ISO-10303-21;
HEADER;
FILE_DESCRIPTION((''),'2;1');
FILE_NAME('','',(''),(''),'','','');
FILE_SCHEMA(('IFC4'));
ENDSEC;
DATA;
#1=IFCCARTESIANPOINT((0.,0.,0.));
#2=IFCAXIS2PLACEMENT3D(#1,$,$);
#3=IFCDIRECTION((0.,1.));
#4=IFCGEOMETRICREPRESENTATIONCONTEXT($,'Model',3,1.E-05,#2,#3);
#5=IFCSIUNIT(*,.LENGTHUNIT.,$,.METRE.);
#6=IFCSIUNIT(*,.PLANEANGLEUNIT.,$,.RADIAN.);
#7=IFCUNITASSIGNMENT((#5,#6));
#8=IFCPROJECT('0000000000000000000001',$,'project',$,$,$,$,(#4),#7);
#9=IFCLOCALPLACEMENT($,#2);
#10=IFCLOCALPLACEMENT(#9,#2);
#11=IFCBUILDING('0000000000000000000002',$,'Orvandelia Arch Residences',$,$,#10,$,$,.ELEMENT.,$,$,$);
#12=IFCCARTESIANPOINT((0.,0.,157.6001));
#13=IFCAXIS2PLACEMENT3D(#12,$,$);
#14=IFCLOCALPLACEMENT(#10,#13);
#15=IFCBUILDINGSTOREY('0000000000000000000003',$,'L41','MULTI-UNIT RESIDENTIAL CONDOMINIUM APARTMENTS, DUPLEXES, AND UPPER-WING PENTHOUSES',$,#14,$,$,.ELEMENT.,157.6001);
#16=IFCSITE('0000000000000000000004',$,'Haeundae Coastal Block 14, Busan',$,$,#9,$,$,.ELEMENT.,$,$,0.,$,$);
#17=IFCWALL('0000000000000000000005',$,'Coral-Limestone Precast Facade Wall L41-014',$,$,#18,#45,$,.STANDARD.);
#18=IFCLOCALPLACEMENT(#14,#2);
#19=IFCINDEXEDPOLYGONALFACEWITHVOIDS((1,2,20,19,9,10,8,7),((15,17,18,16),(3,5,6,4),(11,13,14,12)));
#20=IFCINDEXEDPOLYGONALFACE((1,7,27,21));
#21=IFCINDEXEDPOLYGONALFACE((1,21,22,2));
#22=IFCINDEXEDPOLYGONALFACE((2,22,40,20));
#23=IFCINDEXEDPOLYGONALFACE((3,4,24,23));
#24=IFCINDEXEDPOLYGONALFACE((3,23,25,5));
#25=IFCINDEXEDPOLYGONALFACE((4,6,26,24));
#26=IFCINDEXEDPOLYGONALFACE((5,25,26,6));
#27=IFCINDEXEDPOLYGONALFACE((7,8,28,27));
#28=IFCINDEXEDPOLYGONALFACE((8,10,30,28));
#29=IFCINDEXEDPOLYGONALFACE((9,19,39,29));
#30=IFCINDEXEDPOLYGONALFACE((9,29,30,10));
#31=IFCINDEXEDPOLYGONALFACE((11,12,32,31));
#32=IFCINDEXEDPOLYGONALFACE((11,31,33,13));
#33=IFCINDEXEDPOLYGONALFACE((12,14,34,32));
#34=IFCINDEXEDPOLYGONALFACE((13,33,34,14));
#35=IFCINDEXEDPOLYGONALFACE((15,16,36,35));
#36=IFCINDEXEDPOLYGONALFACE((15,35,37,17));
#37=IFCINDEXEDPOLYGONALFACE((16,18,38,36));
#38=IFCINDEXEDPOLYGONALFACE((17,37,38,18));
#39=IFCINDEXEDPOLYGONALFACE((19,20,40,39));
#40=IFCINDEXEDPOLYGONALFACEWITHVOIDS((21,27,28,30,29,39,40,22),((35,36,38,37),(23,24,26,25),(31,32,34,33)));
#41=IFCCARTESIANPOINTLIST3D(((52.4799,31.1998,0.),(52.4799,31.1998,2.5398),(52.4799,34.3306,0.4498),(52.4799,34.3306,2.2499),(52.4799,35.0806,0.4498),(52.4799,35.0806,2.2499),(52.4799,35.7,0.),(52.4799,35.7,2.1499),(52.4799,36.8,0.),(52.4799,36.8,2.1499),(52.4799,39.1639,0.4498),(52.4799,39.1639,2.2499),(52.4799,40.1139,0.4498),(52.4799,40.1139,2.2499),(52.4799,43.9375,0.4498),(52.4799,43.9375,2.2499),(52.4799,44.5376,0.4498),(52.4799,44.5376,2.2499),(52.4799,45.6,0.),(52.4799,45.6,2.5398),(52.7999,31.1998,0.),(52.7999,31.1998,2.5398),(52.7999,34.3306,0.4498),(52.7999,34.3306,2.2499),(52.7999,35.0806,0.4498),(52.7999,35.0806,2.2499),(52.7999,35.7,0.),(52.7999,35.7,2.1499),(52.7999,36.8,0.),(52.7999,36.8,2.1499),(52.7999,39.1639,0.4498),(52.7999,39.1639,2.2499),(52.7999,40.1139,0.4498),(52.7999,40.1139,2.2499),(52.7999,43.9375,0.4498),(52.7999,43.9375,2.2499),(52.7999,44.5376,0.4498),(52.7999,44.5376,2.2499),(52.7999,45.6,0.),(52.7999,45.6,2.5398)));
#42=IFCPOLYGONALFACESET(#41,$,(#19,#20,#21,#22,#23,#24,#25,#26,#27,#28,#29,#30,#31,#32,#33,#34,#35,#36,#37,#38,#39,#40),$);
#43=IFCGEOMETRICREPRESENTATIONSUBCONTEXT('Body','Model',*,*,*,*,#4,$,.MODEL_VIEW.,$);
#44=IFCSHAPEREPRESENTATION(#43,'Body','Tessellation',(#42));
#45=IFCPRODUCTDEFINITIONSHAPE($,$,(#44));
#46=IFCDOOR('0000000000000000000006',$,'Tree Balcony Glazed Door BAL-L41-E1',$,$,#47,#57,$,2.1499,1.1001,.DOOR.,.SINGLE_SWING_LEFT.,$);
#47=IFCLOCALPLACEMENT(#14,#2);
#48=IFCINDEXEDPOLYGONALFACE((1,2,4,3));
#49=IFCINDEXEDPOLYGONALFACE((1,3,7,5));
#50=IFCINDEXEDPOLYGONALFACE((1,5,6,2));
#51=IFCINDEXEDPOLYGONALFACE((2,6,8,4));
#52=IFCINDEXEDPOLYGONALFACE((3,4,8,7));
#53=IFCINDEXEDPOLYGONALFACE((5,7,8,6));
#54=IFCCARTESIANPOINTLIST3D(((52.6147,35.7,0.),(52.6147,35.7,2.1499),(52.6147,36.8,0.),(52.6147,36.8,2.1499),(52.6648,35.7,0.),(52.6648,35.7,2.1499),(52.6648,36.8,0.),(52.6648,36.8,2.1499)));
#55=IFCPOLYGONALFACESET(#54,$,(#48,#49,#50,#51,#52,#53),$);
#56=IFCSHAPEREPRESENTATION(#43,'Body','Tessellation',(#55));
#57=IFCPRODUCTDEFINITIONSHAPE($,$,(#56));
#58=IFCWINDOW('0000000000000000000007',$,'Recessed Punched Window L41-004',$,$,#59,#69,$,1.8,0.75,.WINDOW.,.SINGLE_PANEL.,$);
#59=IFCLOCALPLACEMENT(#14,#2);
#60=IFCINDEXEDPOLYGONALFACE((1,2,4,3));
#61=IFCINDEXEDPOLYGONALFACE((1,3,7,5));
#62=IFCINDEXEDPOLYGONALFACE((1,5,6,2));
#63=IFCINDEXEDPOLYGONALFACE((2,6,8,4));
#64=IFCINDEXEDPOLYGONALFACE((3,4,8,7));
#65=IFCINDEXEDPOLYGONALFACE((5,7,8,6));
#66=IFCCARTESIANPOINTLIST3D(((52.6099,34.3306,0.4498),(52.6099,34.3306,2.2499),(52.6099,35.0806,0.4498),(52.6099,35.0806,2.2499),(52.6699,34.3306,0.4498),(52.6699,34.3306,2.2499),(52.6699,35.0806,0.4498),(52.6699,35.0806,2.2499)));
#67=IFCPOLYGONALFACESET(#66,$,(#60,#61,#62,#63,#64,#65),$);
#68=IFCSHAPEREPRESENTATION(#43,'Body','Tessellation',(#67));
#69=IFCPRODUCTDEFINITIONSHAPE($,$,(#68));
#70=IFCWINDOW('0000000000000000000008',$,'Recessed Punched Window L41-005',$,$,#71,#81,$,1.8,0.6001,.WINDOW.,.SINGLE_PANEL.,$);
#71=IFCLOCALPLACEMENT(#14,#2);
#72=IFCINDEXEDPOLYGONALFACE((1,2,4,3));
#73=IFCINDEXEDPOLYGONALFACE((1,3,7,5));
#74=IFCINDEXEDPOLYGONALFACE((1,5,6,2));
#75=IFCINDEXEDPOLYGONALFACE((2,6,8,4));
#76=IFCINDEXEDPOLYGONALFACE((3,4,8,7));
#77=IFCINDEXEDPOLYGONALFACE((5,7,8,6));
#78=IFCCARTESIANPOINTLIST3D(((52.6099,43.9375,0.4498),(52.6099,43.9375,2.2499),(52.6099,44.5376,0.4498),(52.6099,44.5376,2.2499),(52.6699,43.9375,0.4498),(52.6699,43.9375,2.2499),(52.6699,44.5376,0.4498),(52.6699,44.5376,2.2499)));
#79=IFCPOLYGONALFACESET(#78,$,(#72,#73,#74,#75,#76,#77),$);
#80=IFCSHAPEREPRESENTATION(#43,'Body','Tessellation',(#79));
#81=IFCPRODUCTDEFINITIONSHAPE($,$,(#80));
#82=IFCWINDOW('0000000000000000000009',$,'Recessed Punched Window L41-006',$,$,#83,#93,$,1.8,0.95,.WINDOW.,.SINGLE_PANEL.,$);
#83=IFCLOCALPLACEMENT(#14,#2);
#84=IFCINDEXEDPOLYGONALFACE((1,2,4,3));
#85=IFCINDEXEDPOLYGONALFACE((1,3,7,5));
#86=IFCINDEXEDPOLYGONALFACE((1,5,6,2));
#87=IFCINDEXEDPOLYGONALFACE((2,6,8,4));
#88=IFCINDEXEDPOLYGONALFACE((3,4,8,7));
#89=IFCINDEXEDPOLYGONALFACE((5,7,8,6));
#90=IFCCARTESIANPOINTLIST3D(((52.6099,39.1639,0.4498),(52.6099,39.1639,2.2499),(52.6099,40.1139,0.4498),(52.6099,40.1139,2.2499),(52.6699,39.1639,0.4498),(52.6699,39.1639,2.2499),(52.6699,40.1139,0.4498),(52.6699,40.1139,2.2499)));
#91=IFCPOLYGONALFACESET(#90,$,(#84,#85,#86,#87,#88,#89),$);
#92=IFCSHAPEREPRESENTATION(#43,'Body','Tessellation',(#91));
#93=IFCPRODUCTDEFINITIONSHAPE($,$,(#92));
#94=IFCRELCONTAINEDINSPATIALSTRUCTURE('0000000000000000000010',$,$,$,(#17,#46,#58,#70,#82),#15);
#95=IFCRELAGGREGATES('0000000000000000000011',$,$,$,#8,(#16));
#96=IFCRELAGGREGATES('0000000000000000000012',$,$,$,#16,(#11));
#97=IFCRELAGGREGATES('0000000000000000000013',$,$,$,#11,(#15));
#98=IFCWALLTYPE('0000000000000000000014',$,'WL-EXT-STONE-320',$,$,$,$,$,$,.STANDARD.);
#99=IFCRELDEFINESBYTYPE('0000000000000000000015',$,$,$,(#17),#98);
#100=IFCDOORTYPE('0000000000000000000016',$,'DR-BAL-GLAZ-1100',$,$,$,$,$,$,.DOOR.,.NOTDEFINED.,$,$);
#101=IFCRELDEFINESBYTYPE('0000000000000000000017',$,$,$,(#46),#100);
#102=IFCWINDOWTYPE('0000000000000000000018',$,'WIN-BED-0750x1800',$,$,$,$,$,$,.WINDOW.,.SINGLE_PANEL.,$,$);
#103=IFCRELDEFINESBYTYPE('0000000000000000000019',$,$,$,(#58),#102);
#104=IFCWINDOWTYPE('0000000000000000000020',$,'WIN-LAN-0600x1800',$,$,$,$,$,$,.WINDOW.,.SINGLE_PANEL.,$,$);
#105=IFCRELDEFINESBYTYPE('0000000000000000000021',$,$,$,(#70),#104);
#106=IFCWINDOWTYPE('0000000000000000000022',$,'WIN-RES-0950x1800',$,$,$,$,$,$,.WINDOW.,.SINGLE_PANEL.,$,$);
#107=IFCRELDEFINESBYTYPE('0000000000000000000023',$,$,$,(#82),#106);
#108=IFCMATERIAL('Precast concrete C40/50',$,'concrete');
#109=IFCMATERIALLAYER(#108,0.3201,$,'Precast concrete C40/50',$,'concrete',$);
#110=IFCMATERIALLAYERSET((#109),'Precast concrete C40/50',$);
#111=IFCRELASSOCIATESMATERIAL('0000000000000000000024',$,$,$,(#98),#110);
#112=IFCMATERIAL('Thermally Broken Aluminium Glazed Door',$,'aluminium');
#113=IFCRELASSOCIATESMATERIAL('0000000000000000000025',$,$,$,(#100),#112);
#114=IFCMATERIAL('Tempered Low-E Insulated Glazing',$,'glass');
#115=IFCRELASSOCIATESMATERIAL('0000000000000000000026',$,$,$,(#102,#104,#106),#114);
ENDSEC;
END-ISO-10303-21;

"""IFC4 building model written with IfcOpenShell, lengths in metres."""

from ifc_helpers import new_model, si_unit, direction, frame, frame_2d, origin, place, context, subcontext, project, spatial, rectangle, extrude, material, layer, layer_set, type_object, element, fill, save


model = new_model("IFC4")

# Units and contexts
model_context = context("Model", 3, precision=1e-05, world=origin(), true_north=direction((0.0, 1.0)))
body_context = subcontext(model_context, "Body", "Model", "MODEL_VIEW")
ifc_project = project(units=[si_unit("LENGTHUNIT", "METRE"), si_unit("PLANEANGLEUNIT", "RADIAN")], contexts=[model_context])

# Site, building, storey
site_placement = place(None, origin())
site = spatial("IfcSite", under=ifc_project, at=site_placement, Name="Haeundae Coastal Block 14, Busan", CompositionType="ELEMENT", RefElevation=0.0)
building_placement = place(site_placement, origin())
building = spatial("IfcBuilding", under=site, at=building_placement, Name="Orvandelia Arch Residences", CompositionType="ELEMENT")
storey_placement = place(building_placement, frame((0.0, 0.0, 157.6001)))
storey = spatial("IfcBuildingStorey", under=building, at=storey_placement, Name="L41", Description="MULTI-UNIT RESIDENTIAL CONDOMINIUM APARTMENTS, DUPLEXES, AND UPPER-WING PENTHOUSES", CompositionType="ELEMENT", Elevation=157.6001)

# Shared definitions
ifc_material_1 = material(Name="Precast concrete C40/50", Category="concrete")
ifc_layer_1 = layer(ifc_material_1, 0.3201, Name="Precast concrete C40/50", Category="concrete")
ifc_layer_set_1 = layer_set([ifc_layer_1], Name="Precast concrete C40/50")
wall_type_1 = type_object("IfcWallType", Name="WL-EXT-STONE-320", PredefinedType="STANDARD", material=ifc_layer_set_1)

# Wall, openings, door, windows
wall_1_placement = place(storey_placement, frame((52.6399, 45.6001, 0.0), z_axis=(0.0, 0.0, 1.0), x_axis=(0.0, -1.0, 0.0)))
wall_1 = element("IfcWall", 1, at=wall_1_placement, inside=storey, type_object=wall_type_1, Name="Coral-Limestone Precast Facade Wall L41-014", PredefinedType="STANDARD", context=body_context, shape_type="SweptSolid", body=[
    extrude(rectangle(XDim=14.4001, YDim=0.3201, at=frame_2d((7.2002, 0.0))), origin(), (0.0, 0.0, 1.0), 2.5398),
])
opening_1_placement = place(wall_1_placement, frame((8.8, 0.0, 0.0)))
opening_1 = element("IfcOpeningElement", 2, at=opening_1_placement, cuts=wall_1, PredefinedType="OPENING", context=body_context, shape_type="SweptSolid", body=[
    extrude(rectangle(XDim=1.1001, YDim=2.1499, at=frame_2d((0.55, 1.075))), frame((0.0, 0.1699, 0.0), z_axis=(0.0, -1.0, 0.0), x_axis=(1.0, 0.0, 0.0)), (0.0, 0.0, 1.0), 0.3401),
])
opening_2_placement = place(wall_1_placement, frame((10.5195, 0.0, 0.45)))
opening_2 = element("IfcOpeningElement", 3, at=opening_2_placement, cuts=wall_1, PredefinedType="OPENING", context=body_context, shape_type="SweptSolid", body=[
    extrude(rectangle(XDim=0.75, YDim=1.8, at=frame_2d((0.375, 0.8999))), frame((0.0, 0.1699, 0.0), z_axis=(0.0, -1.0, 0.0), x_axis=(1.0, 0.0, 0.0)), (0.0, 0.0, 1.0), 0.3401),
])
opening_3_placement = place(wall_1_placement, frame((1.0625, 0.0, 0.45)))
opening_3 = element("IfcOpeningElement", 4, at=opening_3_placement, cuts=wall_1, PredefinedType="OPENING", context=body_context, shape_type="SweptSolid", body=[
    extrude(rectangle(XDim=0.6001, YDim=1.8, at=frame_2d((0.3, 0.8999))), frame((0.0, 0.1699, 0.0), z_axis=(0.0, -1.0, 0.0), x_axis=(1.0, 0.0, 0.0)), (0.0, 0.0, 1.0), 0.3401),
])
opening_4_placement = place(wall_1_placement, frame((5.4861, 0.0, 0.45)))
opening_4 = element("IfcOpeningElement", 5, at=opening_4_placement, cuts=wall_1, PredefinedType="OPENING", context=body_context, shape_type="SweptSolid", body=[
    extrude(rectangle(XDim=0.95, YDim=1.8, at=frame_2d((0.4751, 0.8999))), frame((0.0, 0.1699, 0.0), z_axis=(0.0, -1.0, 0.0), x_axis=(1.0, 0.0, 0.0)), (0.0, 0.0, 1.0), 0.3401),
])
ifc_material_2 = material(Name="Thermally Broken Aluminium Glazed Door", Category="aluminium")
door_type_1 = type_object("IfcDoorType", Name="DR-BAL-GLAZ-1100", OperationType="NOTDEFINED", PredefinedType="DOOR", material=ifc_material_2)
door_1_placement = place(opening_1_placement, origin())
door_1 = element("IfcDoor", 6, at=door_1_placement, inside=storey, type_object=door_type_1, Name="Tree Balcony Glazed Door BAL-L41-E1", OperationType="SINGLE_SWING_LEFT", OverallHeight=2.1499, OverallWidth=1.1001, PredefinedType="DOOR", context=body_context, shape_type="SweptSolid", body=[
    extrude(rectangle(XDim=1.1001, YDim=2.1499, at=frame_2d((0.55, 1.075))), frame((0.0, 0.0249, 0.0), z_axis=(0.0, -1.0, 0.0), x_axis=(1.0, 0.0, 0.0)), (0.0, 0.0, 1.0), 0.05),
])
fill(opening_1, door_1)
ifc_material_3 = material(Name="Tempered Low-E Insulated Glazing", Category="glass")
window_type_1 = type_object("IfcWindowType", Name="WIN-BED-0750x1800", PartitioningType="SINGLE_PANEL", PredefinedType="WINDOW", material=ifc_material_3)
window_1_placement = place(opening_2_placement, origin())
window_1 = element("IfcWindow", 7, at=window_1_placement, inside=storey, type_object=window_type_1, Name="Recessed Punched Window L41-004", OverallHeight=1.8, OverallWidth=0.75, PartitioningType="SINGLE_PANEL", PredefinedType="WINDOW", context=body_context, shape_type="SweptSolid", body=[
    extrude(rectangle(XDim=0.75, YDim=1.8, at=frame_2d((0.375, 0.8999))), frame((0.0, 0.03, 0.0), z_axis=(0.0, -1.0, 0.0), x_axis=(1.0, 0.0, 0.0)), (0.0, 0.0, 1.0), 0.0601),
])
fill(opening_2, window_1)
window_type_2 = type_object("IfcWindowType", Name="WIN-LAN-0600x1800", PartitioningType="SINGLE_PANEL", PredefinedType="WINDOW", material=ifc_material_3)
window_2_placement = place(opening_3_placement, origin())
window_2 = element("IfcWindow", 8, at=window_2_placement, inside=storey, type_object=window_type_2, Name="Recessed Punched Window L41-005", OverallHeight=1.8, OverallWidth=0.6001, PartitioningType="SINGLE_PANEL", PredefinedType="WINDOW", context=body_context, shape_type="SweptSolid", body=[
    extrude(rectangle(XDim=0.6001, YDim=1.8, at=frame_2d((0.3, 0.8999))), frame((0.0, 0.03, 0.0), z_axis=(0.0, -1.0, 0.0), x_axis=(1.0, 0.0, 0.0)), (0.0, 0.0, 1.0), 0.0601),
])
fill(opening_3, window_2)
window_type_3 = type_object("IfcWindowType", Name="WIN-RES-0950x1800", PartitioningType="SINGLE_PANEL", PredefinedType="WINDOW", material=ifc_material_3)
window_3_placement = place(opening_4_placement, origin())
window_3 = element("IfcWindow", 9, at=window_3_placement, inside=storey, type_object=window_type_3, Name="Recessed Punched Window L41-006", OverallHeight=1.8, OverallWidth=0.95, PartitioningType="SINGLE_PANEL", PredefinedType="WINDOW", context=body_context, shape_type="SweptSolid", body=[
    extrude(rectangle(XDim=0.95, YDim=1.8, at=frame_2d((0.4751, 0.8999))), frame((0.0, 0.03, 0.0), z_axis=(0.0, -1.0, 0.0), x_axis=(1.0, 0.0, 0.0)), (0.0, 0.0, 1.0), 0.0601),
])
fill(opening_4, window_3)

save(model, "model.ifc")
